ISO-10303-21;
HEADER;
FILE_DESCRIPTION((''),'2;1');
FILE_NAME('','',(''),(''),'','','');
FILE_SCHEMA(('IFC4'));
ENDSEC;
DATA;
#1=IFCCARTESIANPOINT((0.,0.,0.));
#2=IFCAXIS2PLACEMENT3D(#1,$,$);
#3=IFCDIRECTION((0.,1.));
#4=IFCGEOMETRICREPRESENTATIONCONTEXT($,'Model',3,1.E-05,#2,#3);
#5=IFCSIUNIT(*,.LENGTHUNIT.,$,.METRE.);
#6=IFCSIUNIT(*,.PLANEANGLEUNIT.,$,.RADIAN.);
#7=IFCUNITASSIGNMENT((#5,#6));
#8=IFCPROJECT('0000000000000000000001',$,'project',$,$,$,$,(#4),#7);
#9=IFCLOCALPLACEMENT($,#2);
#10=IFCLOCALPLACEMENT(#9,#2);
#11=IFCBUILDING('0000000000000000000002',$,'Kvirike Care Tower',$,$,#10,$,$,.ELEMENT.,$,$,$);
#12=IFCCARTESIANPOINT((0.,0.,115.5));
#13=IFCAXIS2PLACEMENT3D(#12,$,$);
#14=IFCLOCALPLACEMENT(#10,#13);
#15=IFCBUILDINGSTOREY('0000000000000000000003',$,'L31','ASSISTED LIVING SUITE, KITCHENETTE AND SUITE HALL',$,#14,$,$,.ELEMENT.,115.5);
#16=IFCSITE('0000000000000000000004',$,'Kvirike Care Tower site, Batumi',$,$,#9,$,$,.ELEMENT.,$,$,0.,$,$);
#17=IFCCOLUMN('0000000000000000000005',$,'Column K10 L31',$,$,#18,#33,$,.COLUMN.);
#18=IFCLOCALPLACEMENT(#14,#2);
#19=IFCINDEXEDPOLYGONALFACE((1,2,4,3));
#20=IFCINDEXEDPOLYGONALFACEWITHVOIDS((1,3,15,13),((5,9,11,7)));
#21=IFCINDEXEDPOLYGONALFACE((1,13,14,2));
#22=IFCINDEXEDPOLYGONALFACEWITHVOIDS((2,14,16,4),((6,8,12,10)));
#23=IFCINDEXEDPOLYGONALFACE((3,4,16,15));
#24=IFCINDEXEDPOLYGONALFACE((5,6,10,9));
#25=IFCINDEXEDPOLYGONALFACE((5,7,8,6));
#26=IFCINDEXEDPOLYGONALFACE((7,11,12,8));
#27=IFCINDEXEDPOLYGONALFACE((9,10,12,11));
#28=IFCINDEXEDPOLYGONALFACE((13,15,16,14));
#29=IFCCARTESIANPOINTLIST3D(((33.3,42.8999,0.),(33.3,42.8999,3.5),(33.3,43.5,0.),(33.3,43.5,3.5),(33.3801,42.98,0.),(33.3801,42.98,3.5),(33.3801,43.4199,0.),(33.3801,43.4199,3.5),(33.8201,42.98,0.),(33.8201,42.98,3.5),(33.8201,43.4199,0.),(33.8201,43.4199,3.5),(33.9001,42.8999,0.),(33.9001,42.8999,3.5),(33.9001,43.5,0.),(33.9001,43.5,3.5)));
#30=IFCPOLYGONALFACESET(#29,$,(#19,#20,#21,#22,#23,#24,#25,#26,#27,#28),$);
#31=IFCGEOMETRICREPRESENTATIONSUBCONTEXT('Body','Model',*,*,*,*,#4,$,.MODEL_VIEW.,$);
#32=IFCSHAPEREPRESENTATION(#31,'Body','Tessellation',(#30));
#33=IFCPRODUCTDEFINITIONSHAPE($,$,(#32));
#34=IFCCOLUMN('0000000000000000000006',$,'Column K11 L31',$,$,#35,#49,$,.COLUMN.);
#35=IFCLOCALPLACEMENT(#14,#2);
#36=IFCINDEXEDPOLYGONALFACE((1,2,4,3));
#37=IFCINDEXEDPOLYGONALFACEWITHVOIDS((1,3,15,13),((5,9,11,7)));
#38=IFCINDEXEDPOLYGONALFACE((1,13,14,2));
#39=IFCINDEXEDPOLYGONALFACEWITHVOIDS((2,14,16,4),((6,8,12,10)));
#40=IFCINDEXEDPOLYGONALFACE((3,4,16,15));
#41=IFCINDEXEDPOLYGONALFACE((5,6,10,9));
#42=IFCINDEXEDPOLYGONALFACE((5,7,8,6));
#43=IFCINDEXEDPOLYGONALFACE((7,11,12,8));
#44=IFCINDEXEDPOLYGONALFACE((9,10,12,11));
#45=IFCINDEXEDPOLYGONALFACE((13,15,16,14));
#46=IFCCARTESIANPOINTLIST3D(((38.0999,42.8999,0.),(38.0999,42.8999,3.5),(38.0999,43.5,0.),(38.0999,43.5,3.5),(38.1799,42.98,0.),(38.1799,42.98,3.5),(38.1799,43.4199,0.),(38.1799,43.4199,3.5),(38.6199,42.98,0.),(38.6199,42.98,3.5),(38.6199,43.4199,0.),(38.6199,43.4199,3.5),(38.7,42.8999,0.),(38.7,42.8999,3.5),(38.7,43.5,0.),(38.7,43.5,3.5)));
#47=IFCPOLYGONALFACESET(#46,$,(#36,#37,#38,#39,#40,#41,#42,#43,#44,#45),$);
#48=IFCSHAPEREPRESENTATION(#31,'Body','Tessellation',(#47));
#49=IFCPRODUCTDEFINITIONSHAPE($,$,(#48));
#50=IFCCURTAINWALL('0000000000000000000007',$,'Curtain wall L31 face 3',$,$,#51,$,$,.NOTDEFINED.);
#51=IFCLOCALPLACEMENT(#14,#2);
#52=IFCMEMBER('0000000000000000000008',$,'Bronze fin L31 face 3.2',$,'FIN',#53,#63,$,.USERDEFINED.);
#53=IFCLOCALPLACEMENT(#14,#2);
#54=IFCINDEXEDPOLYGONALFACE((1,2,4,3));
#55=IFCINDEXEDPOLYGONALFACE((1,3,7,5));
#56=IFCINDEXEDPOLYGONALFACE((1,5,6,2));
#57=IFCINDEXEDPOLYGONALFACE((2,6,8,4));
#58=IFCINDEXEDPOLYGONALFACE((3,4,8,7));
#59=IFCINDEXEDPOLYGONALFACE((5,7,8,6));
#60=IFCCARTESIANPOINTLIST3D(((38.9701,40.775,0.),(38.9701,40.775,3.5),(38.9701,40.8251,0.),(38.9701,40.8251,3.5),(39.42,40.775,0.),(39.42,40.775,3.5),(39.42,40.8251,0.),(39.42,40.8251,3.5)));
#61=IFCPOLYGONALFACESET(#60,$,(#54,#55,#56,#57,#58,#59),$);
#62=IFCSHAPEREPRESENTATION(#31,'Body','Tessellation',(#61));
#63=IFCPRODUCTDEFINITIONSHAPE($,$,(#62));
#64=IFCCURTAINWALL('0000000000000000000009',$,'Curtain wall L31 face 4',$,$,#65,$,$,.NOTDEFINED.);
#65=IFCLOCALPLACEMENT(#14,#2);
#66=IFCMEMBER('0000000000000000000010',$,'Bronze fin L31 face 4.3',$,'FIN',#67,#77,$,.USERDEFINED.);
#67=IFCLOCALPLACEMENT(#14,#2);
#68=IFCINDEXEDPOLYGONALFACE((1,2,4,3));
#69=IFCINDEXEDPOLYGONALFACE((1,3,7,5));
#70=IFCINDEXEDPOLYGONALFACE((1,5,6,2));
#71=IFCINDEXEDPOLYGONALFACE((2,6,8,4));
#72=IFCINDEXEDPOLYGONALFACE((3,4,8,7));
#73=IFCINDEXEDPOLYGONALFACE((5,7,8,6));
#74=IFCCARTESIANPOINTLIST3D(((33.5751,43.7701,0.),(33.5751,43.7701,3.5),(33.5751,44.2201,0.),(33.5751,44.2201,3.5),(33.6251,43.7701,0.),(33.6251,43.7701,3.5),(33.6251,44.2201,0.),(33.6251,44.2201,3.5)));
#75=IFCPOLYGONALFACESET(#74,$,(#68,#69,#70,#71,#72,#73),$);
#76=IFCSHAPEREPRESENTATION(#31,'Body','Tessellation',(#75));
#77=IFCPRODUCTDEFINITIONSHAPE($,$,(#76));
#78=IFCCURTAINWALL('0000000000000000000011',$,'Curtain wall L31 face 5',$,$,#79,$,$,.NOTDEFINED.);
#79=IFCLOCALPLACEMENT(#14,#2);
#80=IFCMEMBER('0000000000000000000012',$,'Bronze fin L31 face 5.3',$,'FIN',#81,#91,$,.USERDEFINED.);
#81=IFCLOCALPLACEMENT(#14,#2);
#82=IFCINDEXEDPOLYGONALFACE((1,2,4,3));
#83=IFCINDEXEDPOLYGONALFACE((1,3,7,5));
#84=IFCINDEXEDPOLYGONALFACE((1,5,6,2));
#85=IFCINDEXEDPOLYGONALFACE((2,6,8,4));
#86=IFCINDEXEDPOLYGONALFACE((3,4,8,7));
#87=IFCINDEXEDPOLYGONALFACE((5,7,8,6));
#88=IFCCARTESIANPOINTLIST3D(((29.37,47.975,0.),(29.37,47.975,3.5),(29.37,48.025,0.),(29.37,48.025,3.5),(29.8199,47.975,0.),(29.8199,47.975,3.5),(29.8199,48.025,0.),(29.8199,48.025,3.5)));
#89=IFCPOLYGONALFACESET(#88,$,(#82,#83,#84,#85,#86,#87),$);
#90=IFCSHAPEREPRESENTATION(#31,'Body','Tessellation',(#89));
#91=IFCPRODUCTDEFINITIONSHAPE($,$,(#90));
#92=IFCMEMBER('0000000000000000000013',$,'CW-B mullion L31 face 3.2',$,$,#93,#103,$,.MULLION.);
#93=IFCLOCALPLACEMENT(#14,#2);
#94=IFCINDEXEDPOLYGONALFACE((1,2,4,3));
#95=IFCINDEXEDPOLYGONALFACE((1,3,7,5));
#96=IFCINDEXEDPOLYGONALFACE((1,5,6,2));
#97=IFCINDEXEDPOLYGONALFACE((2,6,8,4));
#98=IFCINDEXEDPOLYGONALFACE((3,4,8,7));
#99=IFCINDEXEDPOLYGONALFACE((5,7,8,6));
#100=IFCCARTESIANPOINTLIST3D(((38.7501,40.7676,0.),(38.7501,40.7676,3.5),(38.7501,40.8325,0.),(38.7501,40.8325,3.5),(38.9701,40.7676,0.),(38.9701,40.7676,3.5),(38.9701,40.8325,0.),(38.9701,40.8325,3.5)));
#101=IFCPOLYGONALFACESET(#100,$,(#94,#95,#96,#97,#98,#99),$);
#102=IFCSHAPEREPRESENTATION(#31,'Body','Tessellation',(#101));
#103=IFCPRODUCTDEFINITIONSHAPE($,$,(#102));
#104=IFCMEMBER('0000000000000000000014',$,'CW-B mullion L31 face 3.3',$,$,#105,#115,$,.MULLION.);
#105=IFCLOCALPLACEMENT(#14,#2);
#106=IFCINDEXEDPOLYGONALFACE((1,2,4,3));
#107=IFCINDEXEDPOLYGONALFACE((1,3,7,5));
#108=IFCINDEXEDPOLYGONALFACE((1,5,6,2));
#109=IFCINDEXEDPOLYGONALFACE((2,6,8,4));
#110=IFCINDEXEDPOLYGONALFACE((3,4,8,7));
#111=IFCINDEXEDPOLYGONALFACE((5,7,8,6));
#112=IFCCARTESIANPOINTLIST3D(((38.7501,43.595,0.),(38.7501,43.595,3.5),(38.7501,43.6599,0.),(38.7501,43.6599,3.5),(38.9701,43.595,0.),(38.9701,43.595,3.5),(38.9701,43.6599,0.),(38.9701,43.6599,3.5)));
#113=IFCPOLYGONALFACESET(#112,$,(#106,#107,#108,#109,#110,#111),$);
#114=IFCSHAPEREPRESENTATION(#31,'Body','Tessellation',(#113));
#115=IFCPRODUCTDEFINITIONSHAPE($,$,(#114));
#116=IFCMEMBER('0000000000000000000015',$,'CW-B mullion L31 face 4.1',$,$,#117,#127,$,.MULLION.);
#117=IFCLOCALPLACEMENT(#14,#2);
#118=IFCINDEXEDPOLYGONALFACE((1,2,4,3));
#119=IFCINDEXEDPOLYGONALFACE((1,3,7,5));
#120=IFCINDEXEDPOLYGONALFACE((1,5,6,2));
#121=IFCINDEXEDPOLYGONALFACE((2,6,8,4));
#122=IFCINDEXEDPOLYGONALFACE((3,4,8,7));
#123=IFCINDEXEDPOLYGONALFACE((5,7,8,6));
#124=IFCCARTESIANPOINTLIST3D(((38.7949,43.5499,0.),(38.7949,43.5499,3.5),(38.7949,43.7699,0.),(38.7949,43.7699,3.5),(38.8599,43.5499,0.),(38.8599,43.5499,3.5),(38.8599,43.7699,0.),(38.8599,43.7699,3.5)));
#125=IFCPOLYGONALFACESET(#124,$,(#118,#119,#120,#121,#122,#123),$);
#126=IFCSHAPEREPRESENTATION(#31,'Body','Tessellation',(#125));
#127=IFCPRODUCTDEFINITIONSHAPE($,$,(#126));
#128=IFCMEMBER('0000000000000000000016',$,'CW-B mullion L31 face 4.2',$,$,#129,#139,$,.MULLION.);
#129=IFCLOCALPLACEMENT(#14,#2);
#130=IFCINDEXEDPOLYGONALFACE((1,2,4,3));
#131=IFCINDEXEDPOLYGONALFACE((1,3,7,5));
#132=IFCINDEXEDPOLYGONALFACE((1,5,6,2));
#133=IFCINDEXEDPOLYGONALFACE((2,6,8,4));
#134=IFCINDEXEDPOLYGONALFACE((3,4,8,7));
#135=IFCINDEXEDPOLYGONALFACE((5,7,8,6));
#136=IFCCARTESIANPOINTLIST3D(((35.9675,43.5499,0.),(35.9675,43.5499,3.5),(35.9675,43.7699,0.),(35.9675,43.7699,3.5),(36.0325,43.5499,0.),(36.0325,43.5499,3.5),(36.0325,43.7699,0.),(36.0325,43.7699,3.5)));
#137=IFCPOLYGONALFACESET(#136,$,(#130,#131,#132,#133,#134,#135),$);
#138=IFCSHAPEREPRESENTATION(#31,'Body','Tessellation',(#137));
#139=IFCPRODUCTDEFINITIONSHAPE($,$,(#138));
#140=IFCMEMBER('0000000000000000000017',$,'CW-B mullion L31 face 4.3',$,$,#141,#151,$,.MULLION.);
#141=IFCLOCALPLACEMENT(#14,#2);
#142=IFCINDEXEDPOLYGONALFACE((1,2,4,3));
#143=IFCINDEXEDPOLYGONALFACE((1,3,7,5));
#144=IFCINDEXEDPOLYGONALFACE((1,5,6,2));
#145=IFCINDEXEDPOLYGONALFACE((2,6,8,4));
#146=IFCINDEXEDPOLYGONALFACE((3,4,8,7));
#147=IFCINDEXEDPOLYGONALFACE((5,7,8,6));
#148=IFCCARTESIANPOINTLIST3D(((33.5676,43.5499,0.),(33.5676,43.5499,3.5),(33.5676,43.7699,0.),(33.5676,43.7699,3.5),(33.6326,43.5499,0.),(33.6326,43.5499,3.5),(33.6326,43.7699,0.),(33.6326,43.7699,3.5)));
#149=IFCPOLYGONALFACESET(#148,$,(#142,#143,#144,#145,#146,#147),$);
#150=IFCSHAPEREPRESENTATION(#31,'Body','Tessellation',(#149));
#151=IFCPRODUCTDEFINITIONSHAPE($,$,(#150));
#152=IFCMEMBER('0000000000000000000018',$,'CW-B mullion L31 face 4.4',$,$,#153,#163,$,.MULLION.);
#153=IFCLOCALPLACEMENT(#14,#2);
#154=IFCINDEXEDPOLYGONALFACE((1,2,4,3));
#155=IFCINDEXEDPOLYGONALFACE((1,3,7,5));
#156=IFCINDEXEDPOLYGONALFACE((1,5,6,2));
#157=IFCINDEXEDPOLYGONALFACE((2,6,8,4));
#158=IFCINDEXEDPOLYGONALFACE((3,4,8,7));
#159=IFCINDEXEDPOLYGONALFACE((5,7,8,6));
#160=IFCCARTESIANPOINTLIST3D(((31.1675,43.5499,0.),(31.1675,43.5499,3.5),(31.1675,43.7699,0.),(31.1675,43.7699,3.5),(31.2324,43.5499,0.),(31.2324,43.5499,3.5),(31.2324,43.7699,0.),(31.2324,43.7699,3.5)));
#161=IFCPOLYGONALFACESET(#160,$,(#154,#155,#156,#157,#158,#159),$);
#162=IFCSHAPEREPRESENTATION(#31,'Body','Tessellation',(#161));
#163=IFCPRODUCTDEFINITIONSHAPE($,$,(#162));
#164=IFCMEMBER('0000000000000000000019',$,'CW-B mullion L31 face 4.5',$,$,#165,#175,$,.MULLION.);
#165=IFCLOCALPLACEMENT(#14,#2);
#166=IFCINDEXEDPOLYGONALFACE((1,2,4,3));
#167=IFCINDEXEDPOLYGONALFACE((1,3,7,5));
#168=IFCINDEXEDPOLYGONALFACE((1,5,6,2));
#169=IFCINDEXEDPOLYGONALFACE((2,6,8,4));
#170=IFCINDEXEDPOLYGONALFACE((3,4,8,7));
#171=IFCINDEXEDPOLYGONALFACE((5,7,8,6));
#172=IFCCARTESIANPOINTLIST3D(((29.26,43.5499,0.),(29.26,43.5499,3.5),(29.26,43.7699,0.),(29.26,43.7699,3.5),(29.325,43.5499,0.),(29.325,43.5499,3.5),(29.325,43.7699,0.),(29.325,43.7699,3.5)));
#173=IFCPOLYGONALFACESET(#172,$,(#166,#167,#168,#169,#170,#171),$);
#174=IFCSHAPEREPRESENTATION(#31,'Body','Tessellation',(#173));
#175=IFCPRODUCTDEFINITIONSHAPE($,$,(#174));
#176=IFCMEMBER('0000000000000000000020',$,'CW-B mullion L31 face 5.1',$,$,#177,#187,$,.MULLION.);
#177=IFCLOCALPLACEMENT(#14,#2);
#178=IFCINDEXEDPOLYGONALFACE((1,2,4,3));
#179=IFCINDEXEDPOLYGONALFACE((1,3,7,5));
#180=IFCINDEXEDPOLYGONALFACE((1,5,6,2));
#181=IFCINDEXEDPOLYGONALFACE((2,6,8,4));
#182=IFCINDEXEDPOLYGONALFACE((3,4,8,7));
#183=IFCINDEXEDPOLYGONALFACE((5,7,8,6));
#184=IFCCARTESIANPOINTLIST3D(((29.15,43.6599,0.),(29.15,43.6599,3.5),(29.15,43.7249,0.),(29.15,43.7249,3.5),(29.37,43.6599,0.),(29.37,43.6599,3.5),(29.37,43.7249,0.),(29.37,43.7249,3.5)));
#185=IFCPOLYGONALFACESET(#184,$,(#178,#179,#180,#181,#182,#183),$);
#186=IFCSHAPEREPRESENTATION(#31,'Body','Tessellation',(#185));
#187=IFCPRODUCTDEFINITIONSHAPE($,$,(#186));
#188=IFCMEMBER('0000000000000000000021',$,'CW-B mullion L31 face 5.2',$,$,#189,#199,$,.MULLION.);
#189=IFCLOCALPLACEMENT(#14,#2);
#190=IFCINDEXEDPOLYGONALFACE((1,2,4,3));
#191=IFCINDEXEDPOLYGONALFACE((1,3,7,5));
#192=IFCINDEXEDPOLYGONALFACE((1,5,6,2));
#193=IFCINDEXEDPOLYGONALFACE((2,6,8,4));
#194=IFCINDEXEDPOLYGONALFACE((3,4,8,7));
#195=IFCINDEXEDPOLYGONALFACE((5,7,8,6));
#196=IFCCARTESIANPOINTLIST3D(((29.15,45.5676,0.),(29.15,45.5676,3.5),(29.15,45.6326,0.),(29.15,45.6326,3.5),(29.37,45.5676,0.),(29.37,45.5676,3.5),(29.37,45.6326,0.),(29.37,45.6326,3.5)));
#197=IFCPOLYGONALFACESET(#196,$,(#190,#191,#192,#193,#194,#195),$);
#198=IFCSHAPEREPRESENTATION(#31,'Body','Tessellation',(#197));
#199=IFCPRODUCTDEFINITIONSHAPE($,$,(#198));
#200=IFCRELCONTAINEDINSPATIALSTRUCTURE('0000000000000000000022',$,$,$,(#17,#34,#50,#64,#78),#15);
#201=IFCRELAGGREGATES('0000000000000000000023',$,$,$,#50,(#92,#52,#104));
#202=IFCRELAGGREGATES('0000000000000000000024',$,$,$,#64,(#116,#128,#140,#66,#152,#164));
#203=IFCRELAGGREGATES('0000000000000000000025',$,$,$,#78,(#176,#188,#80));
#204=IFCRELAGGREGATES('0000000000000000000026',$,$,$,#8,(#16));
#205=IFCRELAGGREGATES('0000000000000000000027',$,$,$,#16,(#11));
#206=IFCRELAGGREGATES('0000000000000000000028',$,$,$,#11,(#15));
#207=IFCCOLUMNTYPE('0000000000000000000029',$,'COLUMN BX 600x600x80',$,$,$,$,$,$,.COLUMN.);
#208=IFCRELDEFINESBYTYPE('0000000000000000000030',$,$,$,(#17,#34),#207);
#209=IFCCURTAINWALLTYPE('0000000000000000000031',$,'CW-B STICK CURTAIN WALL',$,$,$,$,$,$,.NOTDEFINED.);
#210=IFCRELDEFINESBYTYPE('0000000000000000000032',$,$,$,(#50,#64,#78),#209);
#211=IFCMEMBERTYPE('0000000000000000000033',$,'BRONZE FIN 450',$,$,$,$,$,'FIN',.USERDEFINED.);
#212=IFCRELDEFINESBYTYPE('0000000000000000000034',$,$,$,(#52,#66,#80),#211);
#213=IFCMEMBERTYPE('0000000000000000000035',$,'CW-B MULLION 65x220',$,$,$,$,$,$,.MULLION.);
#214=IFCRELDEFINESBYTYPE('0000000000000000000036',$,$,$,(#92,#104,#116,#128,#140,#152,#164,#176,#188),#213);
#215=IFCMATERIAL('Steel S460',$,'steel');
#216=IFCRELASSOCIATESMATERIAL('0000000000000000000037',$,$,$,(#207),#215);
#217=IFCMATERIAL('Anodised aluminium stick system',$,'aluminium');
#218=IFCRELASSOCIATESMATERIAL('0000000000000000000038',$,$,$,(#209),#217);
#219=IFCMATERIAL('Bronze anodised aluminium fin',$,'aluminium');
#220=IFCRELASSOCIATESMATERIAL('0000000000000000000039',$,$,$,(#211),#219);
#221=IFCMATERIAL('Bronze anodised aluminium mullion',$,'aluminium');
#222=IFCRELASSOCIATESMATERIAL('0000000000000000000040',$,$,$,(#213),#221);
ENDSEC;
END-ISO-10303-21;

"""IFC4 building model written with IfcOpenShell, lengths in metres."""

from ifc_helpers import new_model, si_unit, direction, frame, origin, origin_2d, place, context, subcontext, project, spatial, rectangle, hollow_rectangle, extrude, material, material_profile, profile_set, type_object, element, aggregate, save


model = new_model("IFC4")

# Units and contexts
model_context = context("Model", 3, precision=1e-05, world=origin(), true_north=direction((0.0, 1.0)))
body_context = subcontext(model_context, "Body", "Model", "MODEL_VIEW")
ifc_project = project(units=[si_unit("LENGTHUNIT", "METRE"), si_unit("PLANEANGLEUNIT", "RADIAN")], contexts=[model_context])

# Site, building, storey
site_placement = place(None, origin())
site = spatial("IfcSite", under=ifc_project, at=site_placement, Name="Kvirike Care Tower site, Batumi", CompositionType="ELEMENT", RefElevation=0.0)
building_placement = place(site_placement, origin())
building = spatial("IfcBuilding", under=site, at=building_placement, Name="Kvirike Care Tower", CompositionType="ELEMENT")
storey_placement = place(building_placement, frame((0.0, 0.0, 115.5)))
storey = spatial("IfcBuildingStorey", under=building, at=storey_placement, Name="L31", Description="ASSISTED LIVING SUITE, KITCHENETTE AND SUITE HALL", CompositionType="ELEMENT", Elevation=115.5)

# Columns
ifc_material_1 = material(Name="Steel S460", Category="steel")
ifc_material_profile_1 = material_profile(ifc_material_1, hollow_rectangle(XDim=0.6001, YDim=0.6001, WallThickness=0.0801, at=origin_2d()), Name="BX 600x600x80")
ifc_profile_set_1 = profile_set([ifc_material_profile_1], Name="Steel S460")
column_type = type_object("IfcColumnType", Name="COLUMN BX 600x600x80", PredefinedType="COLUMN", material=ifc_profile_set_1)
for number, where, z_axis, x_axis, name in (
    (1, (33.6001, 43.2, 0.0), (0.0, 0.0, 1.0), (0.0, 1.0, 0.0), "Column K10 L31"),
    (2, (38.3999, 43.2, 0.0), (0.0, 0.0, 1.0), (0.0, 1.0, 0.0), "Column K11 L31"),
):
    element("IfcColumn", number, at=place(storey_placement, frame(where, z_axis=z_axis, x_axis=x_axis)), inside=storey, type_object=column_type, Name=name, PredefinedType="COLUMN", context=body_context, shape_type="SweptSolid", body=[
        extrude(hollow_rectangle(XDim=0.6001, YDim=0.6001, WallThickness=0.0801, at=origin_2d()), origin(), (0.0, 0.0, 1.0), 3.5),
    ])

# Curtain walls, members
ifc_material_2 = material(Name="Anodised aluminium stick system", Category="aluminium")
curtain_wall_type = type_object("IfcCurtainWallType", Name="CW-B STICK CURTAIN WALL", PredefinedType="NOTDEFINED", material=ifc_material_2)
curtain_wall_1_placement = place(storey_placement, origin())
curtain_wall_1 = element("IfcCurtainWall", 3, at=curtain_wall_1_placement, inside=storey, type_object=curtain_wall_type, Name="Curtain wall L31 face 3", PredefinedType="NOTDEFINED")
ifc_material_3 = material(Name="Bronze anodised aluminium fin", Category="aluminium")
ifc_material_profile_2 = material_profile(ifc_material_3, rectangle(XDim=0.05, YDim=0.45, at=origin_2d()), Name="BRONZE FIN 450")
ifc_profile_set_2 = profile_set([ifc_material_profile_2], Name="Bronze anodised aluminium fin")
member_type_1 = type_object("IfcMemberType", Name="BRONZE FIN 450", ElementType="FIN", PredefinedType="USERDEFINED", material=ifc_profile_set_2)
member_1_placement = place(storey_placement, frame((39.1951, 40.8, 0.0), z_axis=(0.0, 0.0, 1.0), x_axis=(0.0, 1.0, 0.0)))
member_1 = element("IfcMember", 4, at=member_1_placement, type_object=member_type_1, Name="Bronze fin L31 face 3.2", ObjectType="FIN", PredefinedType="USERDEFINED", context=body_context, shape_type="SweptSolid", body=[
    extrude(rectangle(XDim=0.05, YDim=0.45, at=origin_2d()), origin(), (0.0, 0.0, 1.0), 3.5),
])
curtain_wall_2_placement = place(storey_placement, origin())
curtain_wall_2 = element("IfcCurtainWall", 5, at=curtain_wall_2_placement, inside=storey, type_object=curtain_wall_type, Name="Curtain wall L31 face 4", PredefinedType="NOTDEFINED")
member_2_placement = place(storey_placement, frame((33.6001, 43.9951, 0.0), z_axis=(0.0, 0.0, 1.0), x_axis=(-1.0, 0.0, 0.0)))
member_2 = element("IfcMember", 6, at=member_2_placement, type_object=member_type_1, Name="Bronze fin L31 face 4.3", ObjectType="FIN", PredefinedType="USERDEFINED", context=body_context, shape_type="SweptSolid", body=[
    extrude(rectangle(XDim=0.05, YDim=0.45, at=origin_2d()), origin(), (0.0, 0.0, 1.0), 3.5),
])
curtain_wall_3_placement = place(storey_placement, origin())
curtain_wall_3 = element("IfcCurtainWall", 7, at=curtain_wall_3_placement, inside=storey, type_object=curtain_wall_type, Name="Curtain wall L31 face 5", PredefinedType="NOTDEFINED")
member_3_placement = place(storey_placement, frame((29.595, 48.0, 0.0), z_axis=(0.0, 0.0, 1.0), x_axis=(0.0, 1.0, 0.0)))
member_3 = element("IfcMember", 8, at=member_3_placement, type_object=member_type_1, Name="Bronze fin L31 face 5.3", ObjectType="FIN", PredefinedType="USERDEFINED", context=body_context, shape_type="SweptSolid", body=[
    extrude(rectangle(XDim=0.05, YDim=0.45, at=origin_2d()), origin(), (0.0, 0.0, 1.0), 3.5),
])

# Members
ifc_material_4 = material(Name="Bronze anodised aluminium mullion", Category="aluminium")
ifc_material_profile_3 = material_profile(ifc_material_4, rectangle(XDim=0.0649, YDim=0.22, at=origin_2d()), Name="CW-B MULLION 65x220")
ifc_profile_set_3 = profile_set([ifc_material_profile_3], Name="Bronze anodised aluminium mullion")
member_type_2 = type_object("IfcMemberType", Name="CW-B MULLION 65x220", PredefinedType="MULLION", material=ifc_profile_set_3)
member_4_placement = place(storey_placement, frame((38.8601, 40.8, 0.0), z_axis=(0.0, 0.0, 1.0), x_axis=(0.0, 1.0, 0.0)))
member_4 = element("IfcMember", 9, at=member_4_placement, type_object=member_type_2, Name="CW-B mullion L31 face 3.2", PredefinedType="MULLION", context=body_context, shape_type="SweptSolid", body=[
    extrude(rectangle(XDim=0.0649, YDim=0.22, at=origin_2d()), origin(), (0.0, 0.0, 1.0), 3.5),
])
member_5_placement = place(storey_placement, frame((38.8601, 43.6274, 0.0), z_axis=(0.0, 0.0, 1.0), x_axis=(0.0, 1.0, 0.0)))
member_5 = element("IfcMember", 10, at=member_5_placement, type_object=member_type_2, Name="CW-B mullion L31 face 3.3", PredefinedType="MULLION", context=body_context, shape_type="SweptSolid", body=[
    extrude(rectangle(XDim=0.0649, YDim=0.22, at=origin_2d()), origin(), (0.0, 0.0, 1.0), 3.5),
])
member_6_placement = place(storey_placement, frame((38.8274, 43.6599, 0.0), z_axis=(0.0, 0.0, 1.0), x_axis=(-1.0, 0.0, 0.0)))
member_6 = element("IfcMember", 11, at=member_6_placement, type_object=member_type_2, Name="CW-B mullion L31 face 4.1", PredefinedType="MULLION", context=body_context, shape_type="SweptSolid", body=[
    extrude(rectangle(XDim=0.0649, YDim=0.22, at=origin_2d()), origin(), (0.0, 0.0, 1.0), 3.5),
])
member_7_placement = place(storey_placement, frame((36.0, 43.6599, 0.0), z_axis=(0.0, 0.0, 1.0), x_axis=(-1.0, 0.0, 0.0)))
member_7 = element("IfcMember", 12, at=member_7_placement, type_object=member_type_2, Name="CW-B mullion L31 face 4.2", PredefinedType="MULLION", context=body_context, shape_type="SweptSolid", body=[
    extrude(rectangle(XDim=0.0649, YDim=0.22, at=origin_2d()), origin(), (0.0, 0.0, 1.0), 3.5),
])
member_8_placement = place(storey_placement, frame((33.6001, 43.6599, 0.0), z_axis=(0.0, 0.0, 1.0), x_axis=(-1.0, 0.0, 0.0)))
member_8 = element("IfcMember", 13, at=member_8_placement, type_object=member_type_2, Name="CW-B mullion L31 face 4.3", PredefinedType="MULLION", context=body_context, shape_type="SweptSolid", body=[
    extrude(rectangle(XDim=0.0649, YDim=0.22, at=origin_2d()), origin(), (0.0, 0.0, 1.0), 3.5),
])
member_9_placement = place(storey_placement, frame((31.2, 43.6599, 0.0), z_axis=(0.0, 0.0, 1.0), x_axis=(-1.0, 0.0, 0.0)))
member_9 = element("IfcMember", 14, at=member_9_placement, type_object=member_type_2, Name="CW-B mullion L31 face 4.4", PredefinedType="MULLION", context=body_context, shape_type="SweptSolid", body=[
    extrude(rectangle(XDim=0.0649, YDim=0.22, at=origin_2d()), origin(), (0.0, 0.0, 1.0), 3.5),
])
member_10_placement = place(storey_placement, frame((29.2925, 43.6599, 0.0), z_axis=(0.0, 0.0, 1.0), x_axis=(-1.0, 0.0, 0.0)))
member_10 = element("IfcMember", 15, at=member_10_placement, type_object=member_type_2, Name="CW-B mullion L31 face 4.5", PredefinedType="MULLION", context=body_context, shape_type="SweptSolid", body=[
    extrude(rectangle(XDim=0.0649, YDim=0.22, at=origin_2d()), origin(), (0.0, 0.0, 1.0), 3.5),
])
member_11_placement = place(storey_placement, frame((29.26, 43.6924, 0.0), z_axis=(0.0, 0.0, 1.0), x_axis=(0.0, 1.0, 0.0)))
member_11 = element("IfcMember", 16, at=member_11_placement, type_object=member_type_2, Name="CW-B mullion L31 face 5.1", PredefinedType="MULLION", context=body_context, shape_type="SweptSolid", body=[
    extrude(rectangle(XDim=0.0649, YDim=0.22, at=origin_2d()), origin(), (0.0, 0.0, 1.0), 3.5),
])
member_12_placement = place(storey_placement, frame((29.26, 45.6001, 0.0), z_axis=(0.0, 0.0, 1.0), x_axis=(0.0, 1.0, 0.0)))
member_12 = element("IfcMember", 17, at=member_12_placement, type_object=member_type_2, Name="CW-B mullion L31 face 5.2", PredefinedType="MULLION", context=body_context, shape_type="SweptSolid", body=[
    extrude(rectangle(XDim=0.0649, YDim=0.22, at=origin_2d()), origin(), (0.0, 0.0, 1.0), 3.5),
])

aggregate(curtain_wall_1, [member_4, member_1, member_5])
aggregate(curtain_wall_2, [member_6, member_7, member_8, member_2, member_9, member_10])
aggregate(curtain_wall_3, [member_11, member_12, member_3])

save(model, "model.ifc")
